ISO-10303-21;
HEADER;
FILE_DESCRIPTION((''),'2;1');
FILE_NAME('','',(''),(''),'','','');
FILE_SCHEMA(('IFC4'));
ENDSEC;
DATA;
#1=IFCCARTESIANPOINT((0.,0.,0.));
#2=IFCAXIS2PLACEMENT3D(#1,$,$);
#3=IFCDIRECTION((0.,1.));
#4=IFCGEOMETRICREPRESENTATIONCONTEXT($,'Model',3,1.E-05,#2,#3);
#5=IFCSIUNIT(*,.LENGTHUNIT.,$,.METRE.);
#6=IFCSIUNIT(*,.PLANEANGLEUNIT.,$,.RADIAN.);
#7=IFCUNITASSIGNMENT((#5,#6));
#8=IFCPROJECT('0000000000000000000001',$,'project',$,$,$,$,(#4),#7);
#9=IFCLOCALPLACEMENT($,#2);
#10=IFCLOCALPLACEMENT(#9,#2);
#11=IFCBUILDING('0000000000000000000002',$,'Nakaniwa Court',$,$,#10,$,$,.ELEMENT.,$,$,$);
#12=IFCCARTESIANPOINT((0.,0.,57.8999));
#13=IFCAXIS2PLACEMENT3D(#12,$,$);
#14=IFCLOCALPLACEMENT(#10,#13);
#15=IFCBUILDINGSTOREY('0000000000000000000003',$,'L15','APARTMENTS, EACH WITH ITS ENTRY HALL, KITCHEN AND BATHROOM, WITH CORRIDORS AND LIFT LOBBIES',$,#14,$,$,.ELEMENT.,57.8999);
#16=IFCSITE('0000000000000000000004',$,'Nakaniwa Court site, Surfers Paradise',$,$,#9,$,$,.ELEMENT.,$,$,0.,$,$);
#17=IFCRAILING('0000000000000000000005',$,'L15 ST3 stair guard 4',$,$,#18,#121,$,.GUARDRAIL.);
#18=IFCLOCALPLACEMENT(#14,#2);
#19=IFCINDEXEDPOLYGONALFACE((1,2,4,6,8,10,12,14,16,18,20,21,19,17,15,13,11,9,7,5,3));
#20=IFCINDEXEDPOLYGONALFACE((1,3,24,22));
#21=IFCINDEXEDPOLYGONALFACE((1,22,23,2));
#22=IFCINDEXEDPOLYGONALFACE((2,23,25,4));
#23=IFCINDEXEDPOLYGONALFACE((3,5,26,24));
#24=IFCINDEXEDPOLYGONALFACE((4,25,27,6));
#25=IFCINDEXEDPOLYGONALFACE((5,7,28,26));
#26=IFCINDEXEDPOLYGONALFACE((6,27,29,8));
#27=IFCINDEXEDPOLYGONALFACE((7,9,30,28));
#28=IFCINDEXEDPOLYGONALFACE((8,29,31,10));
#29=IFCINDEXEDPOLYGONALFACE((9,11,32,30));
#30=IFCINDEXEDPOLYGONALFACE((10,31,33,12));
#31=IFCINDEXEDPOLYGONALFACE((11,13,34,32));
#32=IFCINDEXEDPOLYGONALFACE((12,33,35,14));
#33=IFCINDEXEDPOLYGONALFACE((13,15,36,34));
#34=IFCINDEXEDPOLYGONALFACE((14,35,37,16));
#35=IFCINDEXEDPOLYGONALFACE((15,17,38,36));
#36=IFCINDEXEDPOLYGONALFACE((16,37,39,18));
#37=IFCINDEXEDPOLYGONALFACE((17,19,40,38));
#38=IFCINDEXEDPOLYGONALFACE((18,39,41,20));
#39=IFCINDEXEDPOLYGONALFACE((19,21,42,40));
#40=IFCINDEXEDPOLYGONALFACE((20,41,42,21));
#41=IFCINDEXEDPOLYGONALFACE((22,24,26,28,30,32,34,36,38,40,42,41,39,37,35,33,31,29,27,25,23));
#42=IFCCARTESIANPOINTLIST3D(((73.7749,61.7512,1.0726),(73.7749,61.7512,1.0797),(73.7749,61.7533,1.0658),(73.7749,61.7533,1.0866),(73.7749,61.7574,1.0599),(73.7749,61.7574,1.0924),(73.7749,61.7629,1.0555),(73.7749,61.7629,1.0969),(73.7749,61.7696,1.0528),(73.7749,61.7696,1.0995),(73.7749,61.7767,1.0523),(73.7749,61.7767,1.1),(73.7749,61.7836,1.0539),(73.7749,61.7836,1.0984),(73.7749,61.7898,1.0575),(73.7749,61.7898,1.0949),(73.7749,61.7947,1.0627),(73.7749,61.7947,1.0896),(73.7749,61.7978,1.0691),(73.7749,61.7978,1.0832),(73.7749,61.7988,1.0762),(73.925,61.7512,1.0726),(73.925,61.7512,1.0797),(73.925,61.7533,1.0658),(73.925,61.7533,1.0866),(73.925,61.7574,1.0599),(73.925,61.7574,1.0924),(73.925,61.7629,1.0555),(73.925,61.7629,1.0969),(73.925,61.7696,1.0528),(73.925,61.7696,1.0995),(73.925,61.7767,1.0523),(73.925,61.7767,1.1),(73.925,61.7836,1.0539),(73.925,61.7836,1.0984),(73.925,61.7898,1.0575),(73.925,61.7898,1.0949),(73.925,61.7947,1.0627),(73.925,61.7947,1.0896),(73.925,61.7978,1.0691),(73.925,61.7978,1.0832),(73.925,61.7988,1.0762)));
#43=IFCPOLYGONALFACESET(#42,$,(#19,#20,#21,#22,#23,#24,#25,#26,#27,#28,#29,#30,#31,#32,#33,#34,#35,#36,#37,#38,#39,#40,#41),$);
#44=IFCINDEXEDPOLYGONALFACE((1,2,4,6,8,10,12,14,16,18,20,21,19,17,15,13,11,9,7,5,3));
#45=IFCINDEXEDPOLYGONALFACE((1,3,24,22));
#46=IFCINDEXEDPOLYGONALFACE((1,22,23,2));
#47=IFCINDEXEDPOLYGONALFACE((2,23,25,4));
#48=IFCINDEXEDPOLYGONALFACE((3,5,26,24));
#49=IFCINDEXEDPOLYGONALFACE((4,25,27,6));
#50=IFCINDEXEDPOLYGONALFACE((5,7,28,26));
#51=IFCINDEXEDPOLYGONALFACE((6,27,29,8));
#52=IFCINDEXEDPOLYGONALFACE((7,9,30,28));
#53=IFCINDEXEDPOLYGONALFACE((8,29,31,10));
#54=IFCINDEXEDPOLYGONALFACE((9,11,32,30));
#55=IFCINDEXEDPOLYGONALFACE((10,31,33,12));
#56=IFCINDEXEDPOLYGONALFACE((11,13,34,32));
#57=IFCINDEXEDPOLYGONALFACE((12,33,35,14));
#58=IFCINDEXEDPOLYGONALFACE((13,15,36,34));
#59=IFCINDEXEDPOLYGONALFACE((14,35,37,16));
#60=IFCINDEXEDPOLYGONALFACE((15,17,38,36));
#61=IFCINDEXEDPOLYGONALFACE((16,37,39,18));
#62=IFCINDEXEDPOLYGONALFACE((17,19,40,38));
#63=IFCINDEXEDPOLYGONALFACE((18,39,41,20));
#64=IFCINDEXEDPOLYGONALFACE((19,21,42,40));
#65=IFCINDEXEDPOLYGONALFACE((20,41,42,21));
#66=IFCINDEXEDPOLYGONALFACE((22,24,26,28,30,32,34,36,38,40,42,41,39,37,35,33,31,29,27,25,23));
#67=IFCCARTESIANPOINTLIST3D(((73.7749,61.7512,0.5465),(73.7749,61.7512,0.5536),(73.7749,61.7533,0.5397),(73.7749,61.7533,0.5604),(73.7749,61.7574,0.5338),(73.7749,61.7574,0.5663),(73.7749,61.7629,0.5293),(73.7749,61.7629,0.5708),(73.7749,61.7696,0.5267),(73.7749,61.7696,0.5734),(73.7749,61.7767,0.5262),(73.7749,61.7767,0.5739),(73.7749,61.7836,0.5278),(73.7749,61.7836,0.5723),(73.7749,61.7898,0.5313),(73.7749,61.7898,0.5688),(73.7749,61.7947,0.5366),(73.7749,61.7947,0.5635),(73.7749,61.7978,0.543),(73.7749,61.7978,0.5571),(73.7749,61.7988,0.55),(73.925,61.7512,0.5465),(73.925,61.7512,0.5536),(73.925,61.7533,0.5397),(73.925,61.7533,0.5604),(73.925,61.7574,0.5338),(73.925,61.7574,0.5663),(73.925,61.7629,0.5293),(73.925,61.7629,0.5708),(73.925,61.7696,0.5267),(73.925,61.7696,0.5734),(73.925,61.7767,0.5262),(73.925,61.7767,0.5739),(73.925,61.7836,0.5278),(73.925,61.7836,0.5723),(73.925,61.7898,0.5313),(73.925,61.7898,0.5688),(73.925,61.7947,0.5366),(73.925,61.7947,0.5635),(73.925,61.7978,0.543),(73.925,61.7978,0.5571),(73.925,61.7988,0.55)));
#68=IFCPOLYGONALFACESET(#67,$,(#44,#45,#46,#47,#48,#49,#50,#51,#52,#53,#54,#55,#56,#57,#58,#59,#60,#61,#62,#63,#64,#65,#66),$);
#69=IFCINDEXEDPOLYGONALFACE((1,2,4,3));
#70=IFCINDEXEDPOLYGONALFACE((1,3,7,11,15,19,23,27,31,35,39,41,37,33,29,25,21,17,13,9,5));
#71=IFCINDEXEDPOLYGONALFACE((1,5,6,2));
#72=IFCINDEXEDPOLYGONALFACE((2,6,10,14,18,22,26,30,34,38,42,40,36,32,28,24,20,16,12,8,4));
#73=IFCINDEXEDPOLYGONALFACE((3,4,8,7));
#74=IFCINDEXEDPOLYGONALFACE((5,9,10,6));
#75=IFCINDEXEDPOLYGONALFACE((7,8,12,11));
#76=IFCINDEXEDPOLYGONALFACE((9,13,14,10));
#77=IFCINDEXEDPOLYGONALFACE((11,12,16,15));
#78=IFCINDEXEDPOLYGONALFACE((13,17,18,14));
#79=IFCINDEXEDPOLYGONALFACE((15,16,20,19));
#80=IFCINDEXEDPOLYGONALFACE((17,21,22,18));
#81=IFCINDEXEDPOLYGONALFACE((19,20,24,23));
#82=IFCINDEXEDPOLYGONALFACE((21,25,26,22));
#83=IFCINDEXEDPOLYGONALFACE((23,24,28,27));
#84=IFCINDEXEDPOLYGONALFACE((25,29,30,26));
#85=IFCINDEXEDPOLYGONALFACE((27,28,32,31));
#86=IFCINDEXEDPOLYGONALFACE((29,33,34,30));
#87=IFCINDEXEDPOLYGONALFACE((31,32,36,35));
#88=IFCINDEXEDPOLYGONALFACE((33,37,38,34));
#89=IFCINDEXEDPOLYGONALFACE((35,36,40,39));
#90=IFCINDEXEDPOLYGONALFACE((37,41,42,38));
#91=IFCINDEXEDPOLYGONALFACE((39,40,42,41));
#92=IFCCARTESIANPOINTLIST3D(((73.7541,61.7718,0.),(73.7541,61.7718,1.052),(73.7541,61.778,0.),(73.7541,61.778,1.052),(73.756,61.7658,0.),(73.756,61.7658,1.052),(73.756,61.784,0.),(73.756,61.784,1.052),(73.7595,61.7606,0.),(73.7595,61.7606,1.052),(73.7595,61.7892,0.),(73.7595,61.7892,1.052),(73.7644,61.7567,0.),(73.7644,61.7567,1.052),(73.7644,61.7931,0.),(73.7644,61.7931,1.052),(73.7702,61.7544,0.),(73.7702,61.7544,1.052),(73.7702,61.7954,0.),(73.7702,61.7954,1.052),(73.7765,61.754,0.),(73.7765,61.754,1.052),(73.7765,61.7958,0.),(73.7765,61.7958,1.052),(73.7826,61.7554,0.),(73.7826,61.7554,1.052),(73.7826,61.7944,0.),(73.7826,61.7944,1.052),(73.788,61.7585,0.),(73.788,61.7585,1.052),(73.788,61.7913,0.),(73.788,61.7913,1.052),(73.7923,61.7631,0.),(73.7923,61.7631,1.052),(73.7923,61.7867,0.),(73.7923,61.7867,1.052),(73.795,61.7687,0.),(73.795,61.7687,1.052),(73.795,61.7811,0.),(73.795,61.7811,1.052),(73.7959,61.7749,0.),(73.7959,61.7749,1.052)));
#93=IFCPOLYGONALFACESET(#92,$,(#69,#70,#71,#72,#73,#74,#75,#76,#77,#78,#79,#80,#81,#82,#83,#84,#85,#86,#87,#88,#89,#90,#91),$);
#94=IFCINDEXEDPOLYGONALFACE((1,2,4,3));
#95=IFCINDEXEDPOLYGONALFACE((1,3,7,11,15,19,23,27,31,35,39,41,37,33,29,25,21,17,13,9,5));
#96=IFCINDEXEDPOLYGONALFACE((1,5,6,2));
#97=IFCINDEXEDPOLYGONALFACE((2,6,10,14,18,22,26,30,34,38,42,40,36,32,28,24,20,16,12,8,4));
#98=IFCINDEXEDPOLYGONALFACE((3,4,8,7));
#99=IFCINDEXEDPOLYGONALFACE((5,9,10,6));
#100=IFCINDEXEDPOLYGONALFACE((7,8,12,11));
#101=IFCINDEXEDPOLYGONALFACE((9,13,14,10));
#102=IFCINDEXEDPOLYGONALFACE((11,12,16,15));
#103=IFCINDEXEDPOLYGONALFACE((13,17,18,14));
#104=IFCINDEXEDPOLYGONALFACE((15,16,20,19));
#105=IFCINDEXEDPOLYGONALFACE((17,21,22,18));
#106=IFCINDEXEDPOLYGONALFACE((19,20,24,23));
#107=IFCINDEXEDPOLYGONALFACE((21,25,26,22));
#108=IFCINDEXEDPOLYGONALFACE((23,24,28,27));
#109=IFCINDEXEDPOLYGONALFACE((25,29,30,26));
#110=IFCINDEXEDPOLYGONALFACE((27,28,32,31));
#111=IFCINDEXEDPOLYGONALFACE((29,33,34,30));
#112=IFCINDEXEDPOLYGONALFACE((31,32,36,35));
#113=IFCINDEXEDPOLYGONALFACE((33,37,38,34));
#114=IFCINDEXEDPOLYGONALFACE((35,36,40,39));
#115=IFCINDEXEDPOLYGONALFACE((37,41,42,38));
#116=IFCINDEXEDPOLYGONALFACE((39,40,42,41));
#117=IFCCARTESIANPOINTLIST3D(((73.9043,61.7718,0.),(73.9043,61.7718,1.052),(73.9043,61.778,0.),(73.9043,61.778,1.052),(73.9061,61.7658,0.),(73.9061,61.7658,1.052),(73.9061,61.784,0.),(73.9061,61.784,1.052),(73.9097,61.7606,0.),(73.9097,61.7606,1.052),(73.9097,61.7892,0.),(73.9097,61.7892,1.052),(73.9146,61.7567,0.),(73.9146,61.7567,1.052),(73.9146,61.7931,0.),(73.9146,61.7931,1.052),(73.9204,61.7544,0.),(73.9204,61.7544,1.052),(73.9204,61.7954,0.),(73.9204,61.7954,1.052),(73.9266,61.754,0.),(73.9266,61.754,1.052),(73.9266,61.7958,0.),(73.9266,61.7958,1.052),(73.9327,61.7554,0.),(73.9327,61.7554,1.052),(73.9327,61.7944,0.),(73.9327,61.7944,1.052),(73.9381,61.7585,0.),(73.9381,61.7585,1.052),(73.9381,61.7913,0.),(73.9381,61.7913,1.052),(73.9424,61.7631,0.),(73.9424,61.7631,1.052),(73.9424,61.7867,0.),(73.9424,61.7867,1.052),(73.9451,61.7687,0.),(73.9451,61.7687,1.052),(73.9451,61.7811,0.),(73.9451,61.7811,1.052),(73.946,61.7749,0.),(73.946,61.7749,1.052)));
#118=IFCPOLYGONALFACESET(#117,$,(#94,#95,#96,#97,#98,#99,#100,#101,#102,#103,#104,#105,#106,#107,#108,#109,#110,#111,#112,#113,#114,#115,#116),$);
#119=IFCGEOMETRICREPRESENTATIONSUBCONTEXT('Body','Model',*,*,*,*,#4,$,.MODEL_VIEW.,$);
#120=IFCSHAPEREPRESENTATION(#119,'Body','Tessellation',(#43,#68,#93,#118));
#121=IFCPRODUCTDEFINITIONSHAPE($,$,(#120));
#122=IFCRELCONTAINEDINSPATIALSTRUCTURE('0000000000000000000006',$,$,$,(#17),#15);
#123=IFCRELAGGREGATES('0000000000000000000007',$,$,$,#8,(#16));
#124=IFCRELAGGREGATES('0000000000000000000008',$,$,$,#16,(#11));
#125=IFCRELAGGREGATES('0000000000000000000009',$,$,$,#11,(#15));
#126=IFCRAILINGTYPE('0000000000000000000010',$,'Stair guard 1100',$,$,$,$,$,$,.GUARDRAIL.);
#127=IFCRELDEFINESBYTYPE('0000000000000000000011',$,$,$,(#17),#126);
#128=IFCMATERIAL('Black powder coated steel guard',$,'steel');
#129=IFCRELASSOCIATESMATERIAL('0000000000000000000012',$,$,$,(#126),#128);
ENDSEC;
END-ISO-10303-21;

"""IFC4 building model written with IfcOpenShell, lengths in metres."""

from ifc_helpers import new_model, si_unit, direction, frame, origin, origin_2d, place, context, subcontext, project, spatial, circle, extrude, material, type_object, element, save


model = new_model("IFC4")

# Units and contexts
model_context = context("Model", 3, precision=1e-05, world=origin(), true_north=direction((0.0, 1.0)))
body_context = subcontext(model_context, "Body", "Model", "MODEL_VIEW")
ifc_project = project(units=[si_unit("LENGTHUNIT", "METRE"), si_unit("PLANEANGLEUNIT", "RADIAN")], contexts=[model_context])

# Site, building, storey
site_placement = place(None, origin())
site = spatial("IfcSite", under=ifc_project, at=site_placement, Name="Nakaniwa Court site, Surfers Paradise", CompositionType="ELEMENT", RefElevation=0.0)
building_placement = place(site_placement, origin())
building = spatial("IfcBuilding", under=site, at=building_placement, Name="Nakaniwa Court", CompositionType="ELEMENT")
storey_placement = place(building_placement, frame((0.0, 0.0, 57.8999)))
storey = spatial("IfcBuildingStorey", under=building, at=storey_placement, Name="L15", Description="APARTMENTS, EACH WITH ITS ENTRY HALL, KITCHEN AND BATHROOM, WITH CORRIDORS AND LIFT LOBBIES", CompositionType="ELEMENT", Elevation=57.8999)

# Railing
ifc_material_1 = material(Name="Black powder coated steel guard", Category="steel")
railing_type_1 = type_object("IfcRailingType", Name="Stair guard 1100", PredefinedType="GUARDRAIL", material=ifc_material_1)
railing_1_placement = place(storey_placement, frame((73.7749, 61.7749, 0.0)))
element("IfcRailing", 1, at=railing_1_placement, inside=storey, type_object=railing_type_1, Name="L15 ST3 stair guard 4", PredefinedType="GUARDRAIL", context=body_context, shape_type="SweptSolid", body=[
    extrude(circle(Radius=0.0239, at=origin_2d()), frame((0.0, 0.0, 1.0762), z_axis=(1.0, 0.0, 0.0), x_axis=(0.0, 1.0, 0.0)), (0.0, 0.0, 1.0), 0.1501),
    extrude(circle(Radius=0.0239, at=origin_2d()), frame((0.0, 0.0, 0.55), z_axis=(1.0, 0.0, 0.0), x_axis=(0.0, 1.0, 0.0)), (0.0, 0.0, 1.0), 0.1501),
    extrude(circle(Radius=0.021, at=origin_2d()), origin(), (0.0, 0.0, 1.0), 1.052),
    extrude(circle(Radius=0.021, at=origin_2d()), frame((0.1501, 0.0, 0.0)), (0.0, 0.0, 1.0), 1.052),
])

save(model, "model.ifc")
